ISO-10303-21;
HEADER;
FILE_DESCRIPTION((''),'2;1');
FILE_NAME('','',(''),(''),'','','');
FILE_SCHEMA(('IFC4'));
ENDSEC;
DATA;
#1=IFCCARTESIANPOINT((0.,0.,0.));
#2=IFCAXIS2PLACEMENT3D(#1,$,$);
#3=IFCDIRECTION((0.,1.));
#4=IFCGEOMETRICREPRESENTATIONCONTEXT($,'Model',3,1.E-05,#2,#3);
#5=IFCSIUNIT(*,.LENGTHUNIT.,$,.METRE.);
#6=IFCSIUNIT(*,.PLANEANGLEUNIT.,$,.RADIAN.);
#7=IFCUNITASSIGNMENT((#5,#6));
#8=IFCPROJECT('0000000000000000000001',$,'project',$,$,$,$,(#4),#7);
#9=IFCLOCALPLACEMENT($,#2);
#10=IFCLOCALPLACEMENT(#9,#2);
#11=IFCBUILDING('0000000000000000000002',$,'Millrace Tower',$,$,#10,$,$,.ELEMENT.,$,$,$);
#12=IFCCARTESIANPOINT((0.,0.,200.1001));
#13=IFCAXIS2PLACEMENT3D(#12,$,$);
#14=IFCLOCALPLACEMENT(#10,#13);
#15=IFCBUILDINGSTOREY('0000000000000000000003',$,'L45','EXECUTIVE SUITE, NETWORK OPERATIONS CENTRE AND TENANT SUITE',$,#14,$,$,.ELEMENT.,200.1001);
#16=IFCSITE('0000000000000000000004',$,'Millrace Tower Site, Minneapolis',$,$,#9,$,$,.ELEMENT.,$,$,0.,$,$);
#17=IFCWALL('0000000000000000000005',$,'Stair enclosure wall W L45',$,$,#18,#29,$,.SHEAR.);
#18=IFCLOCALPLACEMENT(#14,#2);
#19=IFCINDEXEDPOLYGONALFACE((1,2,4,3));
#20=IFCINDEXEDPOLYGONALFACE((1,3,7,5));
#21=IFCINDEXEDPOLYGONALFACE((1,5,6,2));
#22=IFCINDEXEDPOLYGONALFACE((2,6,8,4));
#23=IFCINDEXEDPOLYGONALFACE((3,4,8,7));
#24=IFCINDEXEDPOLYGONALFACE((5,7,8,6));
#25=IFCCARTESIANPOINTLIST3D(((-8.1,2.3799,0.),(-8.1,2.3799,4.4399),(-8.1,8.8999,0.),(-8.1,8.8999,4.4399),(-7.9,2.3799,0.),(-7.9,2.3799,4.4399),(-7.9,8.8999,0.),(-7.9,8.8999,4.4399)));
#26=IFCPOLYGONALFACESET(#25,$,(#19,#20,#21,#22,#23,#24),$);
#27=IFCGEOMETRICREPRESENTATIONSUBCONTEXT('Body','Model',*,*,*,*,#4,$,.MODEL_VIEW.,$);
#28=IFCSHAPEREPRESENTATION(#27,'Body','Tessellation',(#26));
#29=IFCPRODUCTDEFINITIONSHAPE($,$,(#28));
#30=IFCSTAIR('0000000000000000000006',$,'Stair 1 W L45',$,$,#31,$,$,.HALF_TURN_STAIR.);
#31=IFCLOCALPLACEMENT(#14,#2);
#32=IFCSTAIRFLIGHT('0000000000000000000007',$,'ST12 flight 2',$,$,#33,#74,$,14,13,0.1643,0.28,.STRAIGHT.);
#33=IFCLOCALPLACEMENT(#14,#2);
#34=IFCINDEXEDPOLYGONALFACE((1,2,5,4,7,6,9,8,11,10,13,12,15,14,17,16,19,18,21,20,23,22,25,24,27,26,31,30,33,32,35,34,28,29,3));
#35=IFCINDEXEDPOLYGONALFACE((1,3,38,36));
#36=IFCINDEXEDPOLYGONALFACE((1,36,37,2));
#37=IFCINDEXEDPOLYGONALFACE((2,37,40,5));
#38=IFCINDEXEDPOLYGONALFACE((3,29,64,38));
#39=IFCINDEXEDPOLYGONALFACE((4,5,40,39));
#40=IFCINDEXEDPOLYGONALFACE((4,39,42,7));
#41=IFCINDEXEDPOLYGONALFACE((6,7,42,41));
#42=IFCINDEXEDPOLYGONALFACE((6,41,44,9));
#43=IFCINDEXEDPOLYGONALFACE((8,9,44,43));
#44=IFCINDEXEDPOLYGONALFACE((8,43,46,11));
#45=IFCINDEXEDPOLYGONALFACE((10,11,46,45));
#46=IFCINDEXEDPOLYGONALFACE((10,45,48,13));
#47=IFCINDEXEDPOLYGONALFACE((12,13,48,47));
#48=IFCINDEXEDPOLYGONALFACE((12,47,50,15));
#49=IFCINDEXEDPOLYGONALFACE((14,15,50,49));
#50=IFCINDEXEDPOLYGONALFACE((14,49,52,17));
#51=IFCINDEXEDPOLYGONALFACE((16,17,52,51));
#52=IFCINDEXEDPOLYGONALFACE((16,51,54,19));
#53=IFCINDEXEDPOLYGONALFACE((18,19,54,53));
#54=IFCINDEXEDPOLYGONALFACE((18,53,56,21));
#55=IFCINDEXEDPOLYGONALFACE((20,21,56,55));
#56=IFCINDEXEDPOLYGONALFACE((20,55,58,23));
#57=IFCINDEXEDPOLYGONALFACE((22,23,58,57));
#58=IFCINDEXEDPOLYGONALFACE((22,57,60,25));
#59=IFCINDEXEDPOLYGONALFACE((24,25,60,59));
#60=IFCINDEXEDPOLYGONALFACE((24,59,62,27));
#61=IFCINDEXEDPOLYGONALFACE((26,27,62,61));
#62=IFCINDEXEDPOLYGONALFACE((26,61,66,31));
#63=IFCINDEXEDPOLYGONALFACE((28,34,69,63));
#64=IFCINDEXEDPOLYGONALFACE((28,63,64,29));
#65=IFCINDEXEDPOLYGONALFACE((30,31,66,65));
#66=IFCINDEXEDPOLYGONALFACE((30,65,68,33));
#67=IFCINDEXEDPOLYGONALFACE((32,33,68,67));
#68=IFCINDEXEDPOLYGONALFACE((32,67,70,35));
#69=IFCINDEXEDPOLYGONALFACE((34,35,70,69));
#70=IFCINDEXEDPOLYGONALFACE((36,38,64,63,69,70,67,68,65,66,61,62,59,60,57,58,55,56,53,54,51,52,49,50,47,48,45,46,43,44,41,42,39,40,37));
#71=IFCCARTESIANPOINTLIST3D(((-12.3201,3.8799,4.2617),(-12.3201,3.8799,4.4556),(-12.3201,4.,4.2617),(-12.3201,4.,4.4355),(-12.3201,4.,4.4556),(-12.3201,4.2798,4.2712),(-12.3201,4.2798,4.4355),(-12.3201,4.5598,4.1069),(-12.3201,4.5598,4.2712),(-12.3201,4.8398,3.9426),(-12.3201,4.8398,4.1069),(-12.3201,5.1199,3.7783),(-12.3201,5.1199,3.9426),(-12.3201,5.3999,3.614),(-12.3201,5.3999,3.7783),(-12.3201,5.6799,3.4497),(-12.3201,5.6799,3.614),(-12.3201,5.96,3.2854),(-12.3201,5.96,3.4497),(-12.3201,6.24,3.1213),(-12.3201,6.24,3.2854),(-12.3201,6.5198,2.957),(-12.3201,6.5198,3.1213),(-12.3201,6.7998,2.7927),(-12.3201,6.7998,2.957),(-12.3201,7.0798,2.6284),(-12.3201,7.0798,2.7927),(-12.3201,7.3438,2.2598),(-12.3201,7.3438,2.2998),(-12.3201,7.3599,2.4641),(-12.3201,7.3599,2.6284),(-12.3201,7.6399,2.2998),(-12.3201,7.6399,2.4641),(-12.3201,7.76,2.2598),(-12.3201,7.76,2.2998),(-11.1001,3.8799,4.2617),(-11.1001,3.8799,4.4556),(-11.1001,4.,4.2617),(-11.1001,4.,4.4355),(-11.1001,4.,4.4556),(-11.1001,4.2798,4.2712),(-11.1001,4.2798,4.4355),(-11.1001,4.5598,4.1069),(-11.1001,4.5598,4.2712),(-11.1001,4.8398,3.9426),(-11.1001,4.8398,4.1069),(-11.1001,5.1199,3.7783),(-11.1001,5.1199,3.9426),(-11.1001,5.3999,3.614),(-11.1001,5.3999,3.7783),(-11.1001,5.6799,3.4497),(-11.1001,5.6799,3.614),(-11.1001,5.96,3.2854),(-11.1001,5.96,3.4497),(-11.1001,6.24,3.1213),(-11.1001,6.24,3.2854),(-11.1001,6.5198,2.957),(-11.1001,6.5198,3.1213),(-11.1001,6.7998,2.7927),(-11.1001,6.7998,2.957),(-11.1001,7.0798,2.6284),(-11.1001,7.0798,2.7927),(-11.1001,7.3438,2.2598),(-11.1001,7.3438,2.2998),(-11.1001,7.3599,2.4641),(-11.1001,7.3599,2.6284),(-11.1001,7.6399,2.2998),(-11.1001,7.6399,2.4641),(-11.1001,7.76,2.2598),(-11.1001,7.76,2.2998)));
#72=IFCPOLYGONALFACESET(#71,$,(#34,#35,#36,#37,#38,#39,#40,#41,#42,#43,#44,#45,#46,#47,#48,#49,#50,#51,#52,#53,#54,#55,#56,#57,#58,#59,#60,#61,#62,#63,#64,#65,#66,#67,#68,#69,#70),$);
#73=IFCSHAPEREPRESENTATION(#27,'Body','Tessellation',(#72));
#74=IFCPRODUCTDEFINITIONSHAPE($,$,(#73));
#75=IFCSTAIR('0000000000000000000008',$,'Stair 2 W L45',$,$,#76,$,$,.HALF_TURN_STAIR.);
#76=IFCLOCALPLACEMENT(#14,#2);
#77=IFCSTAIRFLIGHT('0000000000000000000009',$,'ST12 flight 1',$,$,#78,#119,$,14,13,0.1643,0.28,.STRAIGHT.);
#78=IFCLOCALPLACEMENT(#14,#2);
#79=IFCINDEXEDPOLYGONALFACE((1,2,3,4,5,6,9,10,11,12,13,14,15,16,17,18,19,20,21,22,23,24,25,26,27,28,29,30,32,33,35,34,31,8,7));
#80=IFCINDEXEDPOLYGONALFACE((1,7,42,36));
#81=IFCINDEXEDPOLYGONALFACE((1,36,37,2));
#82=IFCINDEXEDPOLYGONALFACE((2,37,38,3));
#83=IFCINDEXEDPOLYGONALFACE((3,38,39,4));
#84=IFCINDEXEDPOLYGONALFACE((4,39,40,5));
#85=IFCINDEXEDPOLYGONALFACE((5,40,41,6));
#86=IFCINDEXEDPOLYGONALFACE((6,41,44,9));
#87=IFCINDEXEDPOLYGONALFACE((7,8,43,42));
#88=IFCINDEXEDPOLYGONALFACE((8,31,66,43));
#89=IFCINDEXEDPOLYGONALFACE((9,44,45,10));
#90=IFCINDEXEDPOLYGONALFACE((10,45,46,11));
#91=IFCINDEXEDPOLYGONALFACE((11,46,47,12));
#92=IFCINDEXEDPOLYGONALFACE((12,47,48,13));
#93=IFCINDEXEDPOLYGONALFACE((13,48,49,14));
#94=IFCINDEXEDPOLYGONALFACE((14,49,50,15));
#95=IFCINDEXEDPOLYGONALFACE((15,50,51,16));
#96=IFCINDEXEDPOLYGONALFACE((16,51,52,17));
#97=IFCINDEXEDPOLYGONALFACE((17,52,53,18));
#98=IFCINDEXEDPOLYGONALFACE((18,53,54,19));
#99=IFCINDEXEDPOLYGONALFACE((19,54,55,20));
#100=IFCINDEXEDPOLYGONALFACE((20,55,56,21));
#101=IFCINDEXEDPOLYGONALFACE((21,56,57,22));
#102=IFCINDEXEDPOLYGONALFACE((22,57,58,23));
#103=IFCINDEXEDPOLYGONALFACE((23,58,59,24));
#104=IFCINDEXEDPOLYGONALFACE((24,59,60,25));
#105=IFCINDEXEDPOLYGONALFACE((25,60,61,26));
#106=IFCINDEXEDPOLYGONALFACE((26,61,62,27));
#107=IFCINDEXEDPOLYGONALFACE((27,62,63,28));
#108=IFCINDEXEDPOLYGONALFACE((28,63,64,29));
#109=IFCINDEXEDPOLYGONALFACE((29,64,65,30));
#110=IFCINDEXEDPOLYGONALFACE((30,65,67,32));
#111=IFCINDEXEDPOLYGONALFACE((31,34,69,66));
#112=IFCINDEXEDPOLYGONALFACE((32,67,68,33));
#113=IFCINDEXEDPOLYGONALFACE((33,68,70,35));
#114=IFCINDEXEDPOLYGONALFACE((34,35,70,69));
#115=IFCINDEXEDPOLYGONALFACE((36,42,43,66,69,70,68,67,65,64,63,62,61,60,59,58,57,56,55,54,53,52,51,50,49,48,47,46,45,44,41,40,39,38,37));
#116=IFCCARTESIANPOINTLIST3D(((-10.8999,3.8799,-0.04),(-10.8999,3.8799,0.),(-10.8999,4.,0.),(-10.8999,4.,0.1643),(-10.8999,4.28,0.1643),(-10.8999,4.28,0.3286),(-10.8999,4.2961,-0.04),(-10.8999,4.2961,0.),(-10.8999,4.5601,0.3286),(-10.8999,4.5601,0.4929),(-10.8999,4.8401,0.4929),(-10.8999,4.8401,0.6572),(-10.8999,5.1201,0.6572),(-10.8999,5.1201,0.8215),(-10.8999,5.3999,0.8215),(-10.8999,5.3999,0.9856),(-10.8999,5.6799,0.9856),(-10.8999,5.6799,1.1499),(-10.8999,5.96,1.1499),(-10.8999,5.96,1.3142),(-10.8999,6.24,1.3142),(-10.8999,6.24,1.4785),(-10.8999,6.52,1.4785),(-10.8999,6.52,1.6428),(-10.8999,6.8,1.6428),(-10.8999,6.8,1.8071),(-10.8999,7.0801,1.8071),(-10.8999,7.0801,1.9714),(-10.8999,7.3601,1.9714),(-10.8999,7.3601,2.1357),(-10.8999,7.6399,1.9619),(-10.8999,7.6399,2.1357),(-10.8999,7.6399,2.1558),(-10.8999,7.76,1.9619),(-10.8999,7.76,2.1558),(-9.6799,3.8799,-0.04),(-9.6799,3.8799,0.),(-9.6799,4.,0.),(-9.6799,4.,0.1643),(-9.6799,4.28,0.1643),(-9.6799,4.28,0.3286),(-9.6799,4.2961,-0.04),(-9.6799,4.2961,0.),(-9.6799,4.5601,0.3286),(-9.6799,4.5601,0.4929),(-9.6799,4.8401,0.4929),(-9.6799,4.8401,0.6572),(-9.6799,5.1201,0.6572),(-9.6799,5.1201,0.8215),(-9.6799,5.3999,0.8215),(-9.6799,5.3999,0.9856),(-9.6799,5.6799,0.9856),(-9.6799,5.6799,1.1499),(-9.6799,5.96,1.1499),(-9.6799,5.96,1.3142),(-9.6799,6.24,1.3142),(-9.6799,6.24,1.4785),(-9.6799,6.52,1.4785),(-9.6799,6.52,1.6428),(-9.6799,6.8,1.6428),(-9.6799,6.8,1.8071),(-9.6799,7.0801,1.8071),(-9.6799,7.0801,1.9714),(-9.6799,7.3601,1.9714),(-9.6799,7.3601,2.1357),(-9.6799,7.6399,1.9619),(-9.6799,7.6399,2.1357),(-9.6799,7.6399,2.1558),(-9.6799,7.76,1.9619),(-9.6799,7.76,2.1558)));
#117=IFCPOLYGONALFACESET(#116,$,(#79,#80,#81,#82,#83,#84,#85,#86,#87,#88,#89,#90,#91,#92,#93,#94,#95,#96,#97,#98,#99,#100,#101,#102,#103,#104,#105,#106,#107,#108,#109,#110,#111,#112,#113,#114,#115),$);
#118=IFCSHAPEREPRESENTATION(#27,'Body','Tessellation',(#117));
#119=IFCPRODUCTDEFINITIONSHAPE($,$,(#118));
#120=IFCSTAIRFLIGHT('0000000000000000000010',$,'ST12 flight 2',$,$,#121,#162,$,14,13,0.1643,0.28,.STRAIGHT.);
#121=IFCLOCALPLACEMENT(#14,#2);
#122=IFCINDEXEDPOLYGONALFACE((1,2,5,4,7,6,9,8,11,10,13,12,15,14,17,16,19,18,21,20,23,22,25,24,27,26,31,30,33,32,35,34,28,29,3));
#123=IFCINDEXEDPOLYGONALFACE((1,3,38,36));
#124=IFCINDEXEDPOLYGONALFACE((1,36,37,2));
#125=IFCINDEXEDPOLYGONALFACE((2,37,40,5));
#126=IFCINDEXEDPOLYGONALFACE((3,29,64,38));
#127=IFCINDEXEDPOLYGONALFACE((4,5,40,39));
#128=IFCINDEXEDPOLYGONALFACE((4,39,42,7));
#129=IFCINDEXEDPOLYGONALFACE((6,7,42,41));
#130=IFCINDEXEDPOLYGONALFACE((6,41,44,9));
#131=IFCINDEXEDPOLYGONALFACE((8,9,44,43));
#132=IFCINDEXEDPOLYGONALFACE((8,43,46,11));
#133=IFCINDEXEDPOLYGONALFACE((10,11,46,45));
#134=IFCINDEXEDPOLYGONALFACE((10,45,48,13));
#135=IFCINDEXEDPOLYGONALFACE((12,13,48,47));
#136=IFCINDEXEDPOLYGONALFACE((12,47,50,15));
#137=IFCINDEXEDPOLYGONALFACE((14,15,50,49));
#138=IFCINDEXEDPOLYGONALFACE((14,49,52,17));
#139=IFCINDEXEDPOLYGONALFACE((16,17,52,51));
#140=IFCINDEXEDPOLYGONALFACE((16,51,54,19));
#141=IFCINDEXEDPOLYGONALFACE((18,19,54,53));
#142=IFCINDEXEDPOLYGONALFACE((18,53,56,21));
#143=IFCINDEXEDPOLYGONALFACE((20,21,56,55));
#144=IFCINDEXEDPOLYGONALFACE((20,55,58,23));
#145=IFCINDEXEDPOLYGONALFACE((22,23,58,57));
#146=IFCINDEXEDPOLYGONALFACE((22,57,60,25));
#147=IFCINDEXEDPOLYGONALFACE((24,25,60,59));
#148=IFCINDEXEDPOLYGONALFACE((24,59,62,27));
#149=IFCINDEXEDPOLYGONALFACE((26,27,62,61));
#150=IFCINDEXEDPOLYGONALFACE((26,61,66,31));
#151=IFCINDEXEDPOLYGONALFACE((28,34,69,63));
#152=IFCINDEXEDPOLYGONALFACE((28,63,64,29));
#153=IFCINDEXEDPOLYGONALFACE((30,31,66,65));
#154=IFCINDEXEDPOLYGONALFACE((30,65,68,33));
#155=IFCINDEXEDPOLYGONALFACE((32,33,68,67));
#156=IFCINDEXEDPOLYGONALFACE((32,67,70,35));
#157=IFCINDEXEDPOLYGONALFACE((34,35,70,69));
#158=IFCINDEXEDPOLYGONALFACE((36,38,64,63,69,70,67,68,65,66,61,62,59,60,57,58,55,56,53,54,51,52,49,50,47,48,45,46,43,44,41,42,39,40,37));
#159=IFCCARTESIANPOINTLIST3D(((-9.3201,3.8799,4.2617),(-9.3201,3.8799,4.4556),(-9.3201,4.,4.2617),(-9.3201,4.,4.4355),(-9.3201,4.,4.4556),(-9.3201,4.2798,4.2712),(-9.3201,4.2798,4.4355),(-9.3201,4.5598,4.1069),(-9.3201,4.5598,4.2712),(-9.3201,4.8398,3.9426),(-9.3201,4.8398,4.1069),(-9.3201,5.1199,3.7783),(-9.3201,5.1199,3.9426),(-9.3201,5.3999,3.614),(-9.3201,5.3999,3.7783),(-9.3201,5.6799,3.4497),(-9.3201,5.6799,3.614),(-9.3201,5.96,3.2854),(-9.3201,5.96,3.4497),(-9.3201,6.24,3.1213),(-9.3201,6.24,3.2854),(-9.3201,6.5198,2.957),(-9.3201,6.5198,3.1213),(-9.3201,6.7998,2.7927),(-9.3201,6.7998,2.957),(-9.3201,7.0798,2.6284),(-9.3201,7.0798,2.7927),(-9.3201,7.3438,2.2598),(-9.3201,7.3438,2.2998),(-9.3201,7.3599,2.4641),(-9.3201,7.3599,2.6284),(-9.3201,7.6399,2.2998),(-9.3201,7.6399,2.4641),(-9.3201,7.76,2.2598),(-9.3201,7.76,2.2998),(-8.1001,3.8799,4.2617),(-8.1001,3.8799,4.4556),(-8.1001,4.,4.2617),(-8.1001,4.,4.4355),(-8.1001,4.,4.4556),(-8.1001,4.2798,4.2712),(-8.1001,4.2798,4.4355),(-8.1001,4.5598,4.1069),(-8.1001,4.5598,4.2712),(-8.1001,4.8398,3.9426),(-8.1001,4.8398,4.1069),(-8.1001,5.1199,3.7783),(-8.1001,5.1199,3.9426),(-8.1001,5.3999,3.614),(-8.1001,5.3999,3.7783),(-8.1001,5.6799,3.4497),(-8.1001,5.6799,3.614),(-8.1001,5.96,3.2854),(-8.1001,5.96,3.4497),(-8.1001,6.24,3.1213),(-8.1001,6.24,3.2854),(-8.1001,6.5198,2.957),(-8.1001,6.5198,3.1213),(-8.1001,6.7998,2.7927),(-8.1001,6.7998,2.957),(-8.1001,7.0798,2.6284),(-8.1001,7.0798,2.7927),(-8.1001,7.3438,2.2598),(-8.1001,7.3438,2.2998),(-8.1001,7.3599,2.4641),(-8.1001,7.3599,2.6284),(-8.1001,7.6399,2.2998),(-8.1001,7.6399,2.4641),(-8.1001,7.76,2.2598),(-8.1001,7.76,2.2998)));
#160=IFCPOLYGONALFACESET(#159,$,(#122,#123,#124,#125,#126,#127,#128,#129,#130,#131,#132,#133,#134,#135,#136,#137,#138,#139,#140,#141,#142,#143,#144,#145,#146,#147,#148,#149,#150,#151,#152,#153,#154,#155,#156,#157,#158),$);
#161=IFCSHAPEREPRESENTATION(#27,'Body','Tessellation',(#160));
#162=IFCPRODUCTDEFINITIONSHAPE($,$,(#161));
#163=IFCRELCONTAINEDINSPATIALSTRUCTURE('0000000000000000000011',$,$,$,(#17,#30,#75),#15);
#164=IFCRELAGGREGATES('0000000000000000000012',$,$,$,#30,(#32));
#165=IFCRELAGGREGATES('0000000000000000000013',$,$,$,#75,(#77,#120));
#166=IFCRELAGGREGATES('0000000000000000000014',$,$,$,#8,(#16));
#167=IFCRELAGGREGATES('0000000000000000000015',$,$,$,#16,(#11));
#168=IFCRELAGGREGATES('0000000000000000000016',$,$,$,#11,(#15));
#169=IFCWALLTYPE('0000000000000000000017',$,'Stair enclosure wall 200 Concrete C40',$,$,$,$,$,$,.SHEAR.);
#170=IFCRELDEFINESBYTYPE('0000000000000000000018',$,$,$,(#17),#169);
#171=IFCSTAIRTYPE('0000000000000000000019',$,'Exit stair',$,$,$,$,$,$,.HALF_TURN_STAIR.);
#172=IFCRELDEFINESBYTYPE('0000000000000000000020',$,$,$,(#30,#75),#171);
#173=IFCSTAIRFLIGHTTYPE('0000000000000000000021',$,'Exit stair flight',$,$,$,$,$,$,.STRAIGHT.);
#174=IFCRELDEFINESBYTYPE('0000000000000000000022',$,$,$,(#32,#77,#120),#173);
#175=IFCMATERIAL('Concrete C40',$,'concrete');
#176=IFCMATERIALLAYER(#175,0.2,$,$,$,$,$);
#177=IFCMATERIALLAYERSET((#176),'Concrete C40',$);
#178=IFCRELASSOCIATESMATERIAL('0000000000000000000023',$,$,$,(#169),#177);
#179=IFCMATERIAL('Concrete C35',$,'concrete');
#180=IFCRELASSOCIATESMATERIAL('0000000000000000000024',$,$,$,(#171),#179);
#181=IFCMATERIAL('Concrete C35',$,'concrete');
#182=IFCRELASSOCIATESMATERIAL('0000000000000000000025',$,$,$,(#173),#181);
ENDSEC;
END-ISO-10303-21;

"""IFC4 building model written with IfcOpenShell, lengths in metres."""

from ifc_helpers import new_model, si_unit, direction, frame, frame_2d, origin, place, context, subcontext, project, spatial, polyline, rectangle, outline, extrude, material, layer, layer_set, type_object, element, aggregate, save


model = new_model("IFC4")

# Units and contexts
model_context = context("Model", 3, precision=1e-05, world=origin(), true_north=direction((0.0, 1.0)))
body_context = subcontext(model_context, "Body", "Model", "MODEL_VIEW")
ifc_project = project(units=[si_unit("LENGTHUNIT", "METRE"), si_unit("PLANEANGLEUNIT", "RADIAN")], contexts=[model_context])

# Site, building, storey
site_placement = place(None, origin())
site = spatial("IfcSite", under=ifc_project, at=site_placement, Name="Millrace Tower Site, Minneapolis", CompositionType="ELEMENT", RefElevation=0.0)
building_placement = place(site_placement, origin())
building = spatial("IfcBuilding", under=site, at=building_placement, Name="Millrace Tower", CompositionType="ELEMENT")
storey_placement = place(building_placement, frame((0.0, 0.0, 200.1001)))
storey = spatial("IfcBuildingStorey", under=building, at=storey_placement, Name="L45", Description="EXECUTIVE SUITE, NETWORK OPERATIONS CENTRE AND TENANT SUITE", CompositionType="ELEMENT", Elevation=200.1001)

# Wall
ifc_material_1 = material(Name="Concrete C40", Category="concrete")
ifc_layer_1 = layer(ifc_material_1, 0.2)
ifc_layer_set_1 = layer_set([ifc_layer_1], Name="Concrete C40")
wall_type_1 = type_object("IfcWallType", Name="Stair enclosure wall 200 Concrete C40", PredefinedType="SHEAR", material=ifc_layer_set_1)
for number, where, z_axis, x_axis, name in (
    (1, (-8.0, 2.3799, 0.0), (0.0, 0.0, 1.0), (0.0, 1.0, 0.0), "Stair enclosure wall W L45"),
):
    element("IfcWall", number, at=place(storey_placement, frame(where, z_axis=z_axis, x_axis=x_axis)), inside=storey, type_object=wall_type_1, Name=name, PredefinedType="SHEAR", context=body_context, shape_type="SweptSolid", body=[
        extrude(rectangle(XDim=6.52, YDim=0.2, at=frame_2d((3.26, 0.0))), origin(), (0.0, 0.0, 1.0), 4.4399),
    ])

# Stair, stair flight
ifc_material_2 = material(Name="Concrete C35", Category="concrete")
stair_type = type_object("IfcStairType", Name="Exit stair", PredefinedType="HALF_TURN_STAIR", material=ifc_material_2)
placement = place(storey_placement, origin())
stair_1 = element("IfcStair", 2, at=placement, inside=storey, type_object=stair_type, Name="Stair 1 W L45", PredefinedType="HALF_TURN_STAIR")
ifc_material_3 = material(Name="Concrete C35", Category="concrete")
stair_flight_type = type_object("IfcStairFlightType", Name="Exit stair flight", PredefinedType="STRAIGHT", material=ifc_material_3)
stair_flight_1_placement = place(storey_placement, frame((-11.71, 7.6399, 2.2998), z_axis=(0.0, 0.0, 1.0), x_axis=(0.0, -1.0, 0.0)))
stair_flight_1 = element("IfcStairFlight", 3, at=stair_flight_1_placement, type_object=stair_flight_type, Name="ST12 flight 2", NumberOfRisers=14, NumberOfTreads=13, PredefinedType="STRAIGHT", RiserHeight=0.1643, TreadLength=0.28, context=body_context, shape_type="SweptSolid", body=[
    extrude(outline(polyline([(-0.1201, -0.04), (-0.1201, 0.0), (0.0, 0.0), (0.0, 0.1643), (0.28, 0.1643), (0.28, 0.3286), (0.5601, 0.3286), (0.5601, 0.4929), (0.8401, 0.4929), (0.8401, 0.6572), (1.1201, 0.6572), (1.1201, 0.8215), (1.3999, 0.8215), (1.3999, 0.9856), (1.6799, 0.9856), (1.6799, 1.1499), (1.96, 1.1499), (1.96, 1.3142), (2.24, 1.3142), (2.24, 1.4785), (2.52, 1.4785), (2.52, 1.6428), (2.8, 1.6428), (2.8, 1.8071), (3.0801, 1.8071), (3.0801, 1.9714), (3.3601, 1.9714), (3.3601, 2.1357), (3.6399, 2.1357), (3.6399, 2.1558), (3.76, 2.1558), (3.76, 1.9619), (3.6399, 1.9619), (0.2961, 0.0), (0.2961, -0.04), (-0.1201, -0.04)])), frame((0.0, 0.6099, 0.0), z_axis=(0.0, -1.0, 0.0), x_axis=(1.0, 0.0, 0.0)), (0.0, 0.0, 1.0), 1.22),
])
aggregate(stair_1, [stair_flight_1])

# Stair, stair flights
stair_2 = element("IfcStair", 4, at=placement, inside=storey, type_object=stair_type, Name="Stair 2 W L45", PredefinedType="HALF_TURN_STAIR")
stair_flight_2_placement = place(storey_placement, frame((-10.29, 4.0, 0.0), z_axis=(0.0, 0.0, 1.0), x_axis=(0.0, 1.0, 0.0)))
stair_flight_2 = element("IfcStairFlight", 5, at=stair_flight_2_placement, type_object=stair_flight_type, Name="ST12 flight 1", NumberOfRisers=14, NumberOfTreads=13, PredefinedType="STRAIGHT", RiserHeight=0.1643, TreadLength=0.28, context=body_context, shape_type="SweptSolid", body=[
    extrude(outline(polyline([(-0.1201, -0.04), (-0.1201, 0.0), (0.0, 0.0), (0.0, 0.1643), (0.28, 0.1643), (0.28, 0.3286), (0.5601, 0.3286), (0.5601, 0.4929), (0.8401, 0.4929), (0.8401, 0.6572), (1.1201, 0.6572), (1.1201, 0.8215), (1.3999, 0.8215), (1.3999, 0.9856), (1.6799, 0.9856), (1.6799, 1.1499), (1.96, 1.1499), (1.96, 1.3142), (2.24, 1.3142), (2.24, 1.4785), (2.52, 1.4785), (2.52, 1.6428), (2.8, 1.6428), (2.8, 1.8071), (3.0801, 1.8071), (3.0801, 1.9714), (3.3601, 1.9714), (3.3601, 2.1357), (3.6399, 2.1357), (3.6399, 2.1558), (3.76, 2.1558), (3.76, 1.9619), (3.6399, 1.9619), (0.2961, 0.0), (0.2961, -0.04), (-0.1201, -0.04)])), frame((0.0, 0.6099, 0.0), z_axis=(0.0, -1.0, 0.0), x_axis=(1.0, 0.0, 0.0)), (0.0, 0.0, 1.0), 1.22),
])
stair_flight_3_placement = place(storey_placement, frame((-8.71, 7.6399, 2.2998), z_axis=(0.0, 0.0, 1.0), x_axis=(0.0, -1.0, 0.0)))
stair_flight_3 = element("IfcStairFlight", 6, at=stair_flight_3_placement, type_object=stair_flight_type, Name="ST12 flight 2", NumberOfRisers=14, NumberOfTreads=13, PredefinedType="STRAIGHT", RiserHeight=0.1643, TreadLength=0.28, context=body_context, shape_type="SweptSolid", body=[
    extrude(outline(polyline([(-0.1201, -0.04), (-0.1201, 0.0), (0.0, 0.0), (0.0, 0.1643), (0.28, 0.1643), (0.28, 0.3286), (0.5601, 0.3286), (0.5601, 0.4929), (0.8401, 0.4929), (0.8401, 0.6572), (1.1201, 0.6572), (1.1201, 0.8215), (1.3999, 0.8215), (1.3999, 0.9856), (1.6799, 0.9856), (1.6799, 1.1499), (1.96, 1.1499), (1.96, 1.3142), (2.24, 1.3142), (2.24, 1.4785), (2.52, 1.4785), (2.52, 1.6428), (2.8, 1.6428), (2.8, 1.8071), (3.0801, 1.8071), (3.0801, 1.9714), (3.3601, 1.9714), (3.3601, 2.1357), (3.6399, 2.1357), (3.6399, 2.1558), (3.76, 2.1558), (3.76, 1.9619), (3.6399, 1.9619), (0.2961, 0.0), (0.2961, -0.04), (-0.1201, -0.04)])), frame((0.0, 0.6099, 0.0), z_axis=(0.0, -1.0, 0.0), x_axis=(1.0, 0.0, 0.0)), (0.0, 0.0, 1.0), 1.22),
])
aggregate(stair_2, [stair_flight_2, stair_flight_3])

save(model, "model.ifc")
